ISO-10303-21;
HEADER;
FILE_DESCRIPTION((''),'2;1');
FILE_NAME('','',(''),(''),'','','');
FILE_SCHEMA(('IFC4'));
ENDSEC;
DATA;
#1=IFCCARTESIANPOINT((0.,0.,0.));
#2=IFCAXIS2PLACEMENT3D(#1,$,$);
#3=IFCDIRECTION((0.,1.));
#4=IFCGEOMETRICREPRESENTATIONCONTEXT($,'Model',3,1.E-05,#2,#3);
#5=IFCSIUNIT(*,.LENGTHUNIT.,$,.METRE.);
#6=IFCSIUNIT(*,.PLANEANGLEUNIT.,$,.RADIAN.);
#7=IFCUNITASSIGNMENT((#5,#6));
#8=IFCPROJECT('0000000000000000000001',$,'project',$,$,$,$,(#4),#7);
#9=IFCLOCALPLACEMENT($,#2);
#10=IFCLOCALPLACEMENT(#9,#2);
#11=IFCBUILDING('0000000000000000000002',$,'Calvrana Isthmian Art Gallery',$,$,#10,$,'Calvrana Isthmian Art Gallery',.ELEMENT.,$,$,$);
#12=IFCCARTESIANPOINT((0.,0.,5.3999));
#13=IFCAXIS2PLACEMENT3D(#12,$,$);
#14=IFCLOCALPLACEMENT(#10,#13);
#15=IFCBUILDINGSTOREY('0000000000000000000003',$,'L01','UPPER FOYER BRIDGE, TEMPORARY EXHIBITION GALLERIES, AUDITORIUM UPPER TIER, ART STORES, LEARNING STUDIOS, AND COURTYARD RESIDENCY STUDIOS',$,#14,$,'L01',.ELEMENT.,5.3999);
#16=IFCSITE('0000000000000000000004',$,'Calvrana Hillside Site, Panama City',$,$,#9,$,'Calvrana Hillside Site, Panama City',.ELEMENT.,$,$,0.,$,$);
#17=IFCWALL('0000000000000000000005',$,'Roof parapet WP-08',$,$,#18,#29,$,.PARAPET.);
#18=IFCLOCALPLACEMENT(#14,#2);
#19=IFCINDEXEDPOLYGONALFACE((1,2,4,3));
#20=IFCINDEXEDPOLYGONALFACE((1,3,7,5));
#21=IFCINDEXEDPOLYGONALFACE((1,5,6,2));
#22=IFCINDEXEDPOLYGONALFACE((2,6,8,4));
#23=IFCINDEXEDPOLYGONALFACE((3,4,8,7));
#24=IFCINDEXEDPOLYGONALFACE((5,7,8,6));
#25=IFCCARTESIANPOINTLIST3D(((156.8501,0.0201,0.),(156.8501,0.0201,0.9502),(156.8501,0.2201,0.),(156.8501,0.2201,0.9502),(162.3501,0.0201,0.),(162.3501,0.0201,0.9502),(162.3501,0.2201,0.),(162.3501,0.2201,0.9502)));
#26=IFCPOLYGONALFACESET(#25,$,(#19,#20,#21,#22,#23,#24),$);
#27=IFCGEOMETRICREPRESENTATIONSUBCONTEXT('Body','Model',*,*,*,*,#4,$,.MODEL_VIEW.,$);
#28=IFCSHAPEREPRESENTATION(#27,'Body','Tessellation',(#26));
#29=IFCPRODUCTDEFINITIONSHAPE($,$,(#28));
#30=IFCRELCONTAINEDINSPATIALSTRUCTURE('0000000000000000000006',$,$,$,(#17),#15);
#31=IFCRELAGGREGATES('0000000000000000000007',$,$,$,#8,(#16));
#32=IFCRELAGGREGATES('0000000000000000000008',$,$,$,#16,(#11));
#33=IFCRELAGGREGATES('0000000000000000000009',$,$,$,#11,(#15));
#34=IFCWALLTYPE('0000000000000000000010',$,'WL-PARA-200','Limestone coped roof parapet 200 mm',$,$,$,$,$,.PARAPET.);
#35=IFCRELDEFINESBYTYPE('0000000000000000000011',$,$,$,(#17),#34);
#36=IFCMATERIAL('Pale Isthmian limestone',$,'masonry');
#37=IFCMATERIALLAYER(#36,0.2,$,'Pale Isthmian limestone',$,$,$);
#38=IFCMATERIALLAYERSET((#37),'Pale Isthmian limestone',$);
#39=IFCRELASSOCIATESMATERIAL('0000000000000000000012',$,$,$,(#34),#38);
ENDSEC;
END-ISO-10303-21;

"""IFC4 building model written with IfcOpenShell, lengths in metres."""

from ifc_helpers import new_model, si_unit, direction, frame, frame_2d, origin, place, context, subcontext, project, spatial, rectangle, extrude, material, layer, layer_set, type_object, element, save


model = new_model("IFC4")

# Units and contexts
model_context = context("Model", 3, precision=1e-05, world=origin(), true_north=direction((0.0, 1.0)))
body_context = subcontext(model_context, "Body", "Model", "MODEL_VIEW")
ifc_project = project(units=[si_unit("LENGTHUNIT", "METRE"), si_unit("PLANEANGLEUNIT", "RADIAN")], contexts=[model_context])

# Site, building, storey
site_placement = place(None, origin())
site = spatial("IfcSite", under=ifc_project, at=site_placement, Name="Calvrana Hillside Site, Panama City", LongName="Calvrana Hillside Site, Panama City", CompositionType="ELEMENT", RefElevation=0.0)
building_placement = place(site_placement, origin())
building = spatial("IfcBuilding", under=site, at=building_placement, Name="Calvrana Isthmian Art Gallery", LongName="Calvrana Isthmian Art Gallery", CompositionType="ELEMENT")
storey_placement = place(building_placement, frame((0.0, 0.0, 5.3999)))
storey = spatial("IfcBuildingStorey", under=building, at=storey_placement, Name="L01", Description="UPPER FOYER BRIDGE, TEMPORARY EXHIBITION GALLERIES, AUDITORIUM UPPER TIER, ART STORES, LEARNING STUDIOS, AND COURTYARD RESIDENCY STUDIOS", LongName="L01", CompositionType="ELEMENT", Elevation=5.3999)

# Wall
ifc_material_1 = material(Name="Pale Isthmian limestone", Category="masonry")
ifc_layer_1 = layer(ifc_material_1, 0.2, Name="Pale Isthmian limestone")
ifc_layer_set_1 = layer_set([ifc_layer_1], Name="Pale Isthmian limestone")
wall_type = type_object("IfcWallType", Name="WL-PARA-200", Description="Limestone coped roof parapet 200 mm", PredefinedType="PARAPET", material=ifc_layer_set_1)
wall_placement = place(storey_placement, frame((156.8501, 0.1201, 0.0), z_axis=(0.0, 0.0, 1.0), x_axis=(1.0, 0.0, 0.0)))
element("IfcWall", 1, at=wall_placement, inside=storey, type_object=wall_type, Name="Roof parapet WP-08", PredefinedType="PARAPET", context=body_context, shape_type="SweptSolid", body=[
    extrude(rectangle(XDim=5.5, YDim=0.2, at=frame_2d((2.75, 0.0))), origin(), (0.0, 0.0, 1.0), 0.9502),
])

save(model, "model.ifc")
